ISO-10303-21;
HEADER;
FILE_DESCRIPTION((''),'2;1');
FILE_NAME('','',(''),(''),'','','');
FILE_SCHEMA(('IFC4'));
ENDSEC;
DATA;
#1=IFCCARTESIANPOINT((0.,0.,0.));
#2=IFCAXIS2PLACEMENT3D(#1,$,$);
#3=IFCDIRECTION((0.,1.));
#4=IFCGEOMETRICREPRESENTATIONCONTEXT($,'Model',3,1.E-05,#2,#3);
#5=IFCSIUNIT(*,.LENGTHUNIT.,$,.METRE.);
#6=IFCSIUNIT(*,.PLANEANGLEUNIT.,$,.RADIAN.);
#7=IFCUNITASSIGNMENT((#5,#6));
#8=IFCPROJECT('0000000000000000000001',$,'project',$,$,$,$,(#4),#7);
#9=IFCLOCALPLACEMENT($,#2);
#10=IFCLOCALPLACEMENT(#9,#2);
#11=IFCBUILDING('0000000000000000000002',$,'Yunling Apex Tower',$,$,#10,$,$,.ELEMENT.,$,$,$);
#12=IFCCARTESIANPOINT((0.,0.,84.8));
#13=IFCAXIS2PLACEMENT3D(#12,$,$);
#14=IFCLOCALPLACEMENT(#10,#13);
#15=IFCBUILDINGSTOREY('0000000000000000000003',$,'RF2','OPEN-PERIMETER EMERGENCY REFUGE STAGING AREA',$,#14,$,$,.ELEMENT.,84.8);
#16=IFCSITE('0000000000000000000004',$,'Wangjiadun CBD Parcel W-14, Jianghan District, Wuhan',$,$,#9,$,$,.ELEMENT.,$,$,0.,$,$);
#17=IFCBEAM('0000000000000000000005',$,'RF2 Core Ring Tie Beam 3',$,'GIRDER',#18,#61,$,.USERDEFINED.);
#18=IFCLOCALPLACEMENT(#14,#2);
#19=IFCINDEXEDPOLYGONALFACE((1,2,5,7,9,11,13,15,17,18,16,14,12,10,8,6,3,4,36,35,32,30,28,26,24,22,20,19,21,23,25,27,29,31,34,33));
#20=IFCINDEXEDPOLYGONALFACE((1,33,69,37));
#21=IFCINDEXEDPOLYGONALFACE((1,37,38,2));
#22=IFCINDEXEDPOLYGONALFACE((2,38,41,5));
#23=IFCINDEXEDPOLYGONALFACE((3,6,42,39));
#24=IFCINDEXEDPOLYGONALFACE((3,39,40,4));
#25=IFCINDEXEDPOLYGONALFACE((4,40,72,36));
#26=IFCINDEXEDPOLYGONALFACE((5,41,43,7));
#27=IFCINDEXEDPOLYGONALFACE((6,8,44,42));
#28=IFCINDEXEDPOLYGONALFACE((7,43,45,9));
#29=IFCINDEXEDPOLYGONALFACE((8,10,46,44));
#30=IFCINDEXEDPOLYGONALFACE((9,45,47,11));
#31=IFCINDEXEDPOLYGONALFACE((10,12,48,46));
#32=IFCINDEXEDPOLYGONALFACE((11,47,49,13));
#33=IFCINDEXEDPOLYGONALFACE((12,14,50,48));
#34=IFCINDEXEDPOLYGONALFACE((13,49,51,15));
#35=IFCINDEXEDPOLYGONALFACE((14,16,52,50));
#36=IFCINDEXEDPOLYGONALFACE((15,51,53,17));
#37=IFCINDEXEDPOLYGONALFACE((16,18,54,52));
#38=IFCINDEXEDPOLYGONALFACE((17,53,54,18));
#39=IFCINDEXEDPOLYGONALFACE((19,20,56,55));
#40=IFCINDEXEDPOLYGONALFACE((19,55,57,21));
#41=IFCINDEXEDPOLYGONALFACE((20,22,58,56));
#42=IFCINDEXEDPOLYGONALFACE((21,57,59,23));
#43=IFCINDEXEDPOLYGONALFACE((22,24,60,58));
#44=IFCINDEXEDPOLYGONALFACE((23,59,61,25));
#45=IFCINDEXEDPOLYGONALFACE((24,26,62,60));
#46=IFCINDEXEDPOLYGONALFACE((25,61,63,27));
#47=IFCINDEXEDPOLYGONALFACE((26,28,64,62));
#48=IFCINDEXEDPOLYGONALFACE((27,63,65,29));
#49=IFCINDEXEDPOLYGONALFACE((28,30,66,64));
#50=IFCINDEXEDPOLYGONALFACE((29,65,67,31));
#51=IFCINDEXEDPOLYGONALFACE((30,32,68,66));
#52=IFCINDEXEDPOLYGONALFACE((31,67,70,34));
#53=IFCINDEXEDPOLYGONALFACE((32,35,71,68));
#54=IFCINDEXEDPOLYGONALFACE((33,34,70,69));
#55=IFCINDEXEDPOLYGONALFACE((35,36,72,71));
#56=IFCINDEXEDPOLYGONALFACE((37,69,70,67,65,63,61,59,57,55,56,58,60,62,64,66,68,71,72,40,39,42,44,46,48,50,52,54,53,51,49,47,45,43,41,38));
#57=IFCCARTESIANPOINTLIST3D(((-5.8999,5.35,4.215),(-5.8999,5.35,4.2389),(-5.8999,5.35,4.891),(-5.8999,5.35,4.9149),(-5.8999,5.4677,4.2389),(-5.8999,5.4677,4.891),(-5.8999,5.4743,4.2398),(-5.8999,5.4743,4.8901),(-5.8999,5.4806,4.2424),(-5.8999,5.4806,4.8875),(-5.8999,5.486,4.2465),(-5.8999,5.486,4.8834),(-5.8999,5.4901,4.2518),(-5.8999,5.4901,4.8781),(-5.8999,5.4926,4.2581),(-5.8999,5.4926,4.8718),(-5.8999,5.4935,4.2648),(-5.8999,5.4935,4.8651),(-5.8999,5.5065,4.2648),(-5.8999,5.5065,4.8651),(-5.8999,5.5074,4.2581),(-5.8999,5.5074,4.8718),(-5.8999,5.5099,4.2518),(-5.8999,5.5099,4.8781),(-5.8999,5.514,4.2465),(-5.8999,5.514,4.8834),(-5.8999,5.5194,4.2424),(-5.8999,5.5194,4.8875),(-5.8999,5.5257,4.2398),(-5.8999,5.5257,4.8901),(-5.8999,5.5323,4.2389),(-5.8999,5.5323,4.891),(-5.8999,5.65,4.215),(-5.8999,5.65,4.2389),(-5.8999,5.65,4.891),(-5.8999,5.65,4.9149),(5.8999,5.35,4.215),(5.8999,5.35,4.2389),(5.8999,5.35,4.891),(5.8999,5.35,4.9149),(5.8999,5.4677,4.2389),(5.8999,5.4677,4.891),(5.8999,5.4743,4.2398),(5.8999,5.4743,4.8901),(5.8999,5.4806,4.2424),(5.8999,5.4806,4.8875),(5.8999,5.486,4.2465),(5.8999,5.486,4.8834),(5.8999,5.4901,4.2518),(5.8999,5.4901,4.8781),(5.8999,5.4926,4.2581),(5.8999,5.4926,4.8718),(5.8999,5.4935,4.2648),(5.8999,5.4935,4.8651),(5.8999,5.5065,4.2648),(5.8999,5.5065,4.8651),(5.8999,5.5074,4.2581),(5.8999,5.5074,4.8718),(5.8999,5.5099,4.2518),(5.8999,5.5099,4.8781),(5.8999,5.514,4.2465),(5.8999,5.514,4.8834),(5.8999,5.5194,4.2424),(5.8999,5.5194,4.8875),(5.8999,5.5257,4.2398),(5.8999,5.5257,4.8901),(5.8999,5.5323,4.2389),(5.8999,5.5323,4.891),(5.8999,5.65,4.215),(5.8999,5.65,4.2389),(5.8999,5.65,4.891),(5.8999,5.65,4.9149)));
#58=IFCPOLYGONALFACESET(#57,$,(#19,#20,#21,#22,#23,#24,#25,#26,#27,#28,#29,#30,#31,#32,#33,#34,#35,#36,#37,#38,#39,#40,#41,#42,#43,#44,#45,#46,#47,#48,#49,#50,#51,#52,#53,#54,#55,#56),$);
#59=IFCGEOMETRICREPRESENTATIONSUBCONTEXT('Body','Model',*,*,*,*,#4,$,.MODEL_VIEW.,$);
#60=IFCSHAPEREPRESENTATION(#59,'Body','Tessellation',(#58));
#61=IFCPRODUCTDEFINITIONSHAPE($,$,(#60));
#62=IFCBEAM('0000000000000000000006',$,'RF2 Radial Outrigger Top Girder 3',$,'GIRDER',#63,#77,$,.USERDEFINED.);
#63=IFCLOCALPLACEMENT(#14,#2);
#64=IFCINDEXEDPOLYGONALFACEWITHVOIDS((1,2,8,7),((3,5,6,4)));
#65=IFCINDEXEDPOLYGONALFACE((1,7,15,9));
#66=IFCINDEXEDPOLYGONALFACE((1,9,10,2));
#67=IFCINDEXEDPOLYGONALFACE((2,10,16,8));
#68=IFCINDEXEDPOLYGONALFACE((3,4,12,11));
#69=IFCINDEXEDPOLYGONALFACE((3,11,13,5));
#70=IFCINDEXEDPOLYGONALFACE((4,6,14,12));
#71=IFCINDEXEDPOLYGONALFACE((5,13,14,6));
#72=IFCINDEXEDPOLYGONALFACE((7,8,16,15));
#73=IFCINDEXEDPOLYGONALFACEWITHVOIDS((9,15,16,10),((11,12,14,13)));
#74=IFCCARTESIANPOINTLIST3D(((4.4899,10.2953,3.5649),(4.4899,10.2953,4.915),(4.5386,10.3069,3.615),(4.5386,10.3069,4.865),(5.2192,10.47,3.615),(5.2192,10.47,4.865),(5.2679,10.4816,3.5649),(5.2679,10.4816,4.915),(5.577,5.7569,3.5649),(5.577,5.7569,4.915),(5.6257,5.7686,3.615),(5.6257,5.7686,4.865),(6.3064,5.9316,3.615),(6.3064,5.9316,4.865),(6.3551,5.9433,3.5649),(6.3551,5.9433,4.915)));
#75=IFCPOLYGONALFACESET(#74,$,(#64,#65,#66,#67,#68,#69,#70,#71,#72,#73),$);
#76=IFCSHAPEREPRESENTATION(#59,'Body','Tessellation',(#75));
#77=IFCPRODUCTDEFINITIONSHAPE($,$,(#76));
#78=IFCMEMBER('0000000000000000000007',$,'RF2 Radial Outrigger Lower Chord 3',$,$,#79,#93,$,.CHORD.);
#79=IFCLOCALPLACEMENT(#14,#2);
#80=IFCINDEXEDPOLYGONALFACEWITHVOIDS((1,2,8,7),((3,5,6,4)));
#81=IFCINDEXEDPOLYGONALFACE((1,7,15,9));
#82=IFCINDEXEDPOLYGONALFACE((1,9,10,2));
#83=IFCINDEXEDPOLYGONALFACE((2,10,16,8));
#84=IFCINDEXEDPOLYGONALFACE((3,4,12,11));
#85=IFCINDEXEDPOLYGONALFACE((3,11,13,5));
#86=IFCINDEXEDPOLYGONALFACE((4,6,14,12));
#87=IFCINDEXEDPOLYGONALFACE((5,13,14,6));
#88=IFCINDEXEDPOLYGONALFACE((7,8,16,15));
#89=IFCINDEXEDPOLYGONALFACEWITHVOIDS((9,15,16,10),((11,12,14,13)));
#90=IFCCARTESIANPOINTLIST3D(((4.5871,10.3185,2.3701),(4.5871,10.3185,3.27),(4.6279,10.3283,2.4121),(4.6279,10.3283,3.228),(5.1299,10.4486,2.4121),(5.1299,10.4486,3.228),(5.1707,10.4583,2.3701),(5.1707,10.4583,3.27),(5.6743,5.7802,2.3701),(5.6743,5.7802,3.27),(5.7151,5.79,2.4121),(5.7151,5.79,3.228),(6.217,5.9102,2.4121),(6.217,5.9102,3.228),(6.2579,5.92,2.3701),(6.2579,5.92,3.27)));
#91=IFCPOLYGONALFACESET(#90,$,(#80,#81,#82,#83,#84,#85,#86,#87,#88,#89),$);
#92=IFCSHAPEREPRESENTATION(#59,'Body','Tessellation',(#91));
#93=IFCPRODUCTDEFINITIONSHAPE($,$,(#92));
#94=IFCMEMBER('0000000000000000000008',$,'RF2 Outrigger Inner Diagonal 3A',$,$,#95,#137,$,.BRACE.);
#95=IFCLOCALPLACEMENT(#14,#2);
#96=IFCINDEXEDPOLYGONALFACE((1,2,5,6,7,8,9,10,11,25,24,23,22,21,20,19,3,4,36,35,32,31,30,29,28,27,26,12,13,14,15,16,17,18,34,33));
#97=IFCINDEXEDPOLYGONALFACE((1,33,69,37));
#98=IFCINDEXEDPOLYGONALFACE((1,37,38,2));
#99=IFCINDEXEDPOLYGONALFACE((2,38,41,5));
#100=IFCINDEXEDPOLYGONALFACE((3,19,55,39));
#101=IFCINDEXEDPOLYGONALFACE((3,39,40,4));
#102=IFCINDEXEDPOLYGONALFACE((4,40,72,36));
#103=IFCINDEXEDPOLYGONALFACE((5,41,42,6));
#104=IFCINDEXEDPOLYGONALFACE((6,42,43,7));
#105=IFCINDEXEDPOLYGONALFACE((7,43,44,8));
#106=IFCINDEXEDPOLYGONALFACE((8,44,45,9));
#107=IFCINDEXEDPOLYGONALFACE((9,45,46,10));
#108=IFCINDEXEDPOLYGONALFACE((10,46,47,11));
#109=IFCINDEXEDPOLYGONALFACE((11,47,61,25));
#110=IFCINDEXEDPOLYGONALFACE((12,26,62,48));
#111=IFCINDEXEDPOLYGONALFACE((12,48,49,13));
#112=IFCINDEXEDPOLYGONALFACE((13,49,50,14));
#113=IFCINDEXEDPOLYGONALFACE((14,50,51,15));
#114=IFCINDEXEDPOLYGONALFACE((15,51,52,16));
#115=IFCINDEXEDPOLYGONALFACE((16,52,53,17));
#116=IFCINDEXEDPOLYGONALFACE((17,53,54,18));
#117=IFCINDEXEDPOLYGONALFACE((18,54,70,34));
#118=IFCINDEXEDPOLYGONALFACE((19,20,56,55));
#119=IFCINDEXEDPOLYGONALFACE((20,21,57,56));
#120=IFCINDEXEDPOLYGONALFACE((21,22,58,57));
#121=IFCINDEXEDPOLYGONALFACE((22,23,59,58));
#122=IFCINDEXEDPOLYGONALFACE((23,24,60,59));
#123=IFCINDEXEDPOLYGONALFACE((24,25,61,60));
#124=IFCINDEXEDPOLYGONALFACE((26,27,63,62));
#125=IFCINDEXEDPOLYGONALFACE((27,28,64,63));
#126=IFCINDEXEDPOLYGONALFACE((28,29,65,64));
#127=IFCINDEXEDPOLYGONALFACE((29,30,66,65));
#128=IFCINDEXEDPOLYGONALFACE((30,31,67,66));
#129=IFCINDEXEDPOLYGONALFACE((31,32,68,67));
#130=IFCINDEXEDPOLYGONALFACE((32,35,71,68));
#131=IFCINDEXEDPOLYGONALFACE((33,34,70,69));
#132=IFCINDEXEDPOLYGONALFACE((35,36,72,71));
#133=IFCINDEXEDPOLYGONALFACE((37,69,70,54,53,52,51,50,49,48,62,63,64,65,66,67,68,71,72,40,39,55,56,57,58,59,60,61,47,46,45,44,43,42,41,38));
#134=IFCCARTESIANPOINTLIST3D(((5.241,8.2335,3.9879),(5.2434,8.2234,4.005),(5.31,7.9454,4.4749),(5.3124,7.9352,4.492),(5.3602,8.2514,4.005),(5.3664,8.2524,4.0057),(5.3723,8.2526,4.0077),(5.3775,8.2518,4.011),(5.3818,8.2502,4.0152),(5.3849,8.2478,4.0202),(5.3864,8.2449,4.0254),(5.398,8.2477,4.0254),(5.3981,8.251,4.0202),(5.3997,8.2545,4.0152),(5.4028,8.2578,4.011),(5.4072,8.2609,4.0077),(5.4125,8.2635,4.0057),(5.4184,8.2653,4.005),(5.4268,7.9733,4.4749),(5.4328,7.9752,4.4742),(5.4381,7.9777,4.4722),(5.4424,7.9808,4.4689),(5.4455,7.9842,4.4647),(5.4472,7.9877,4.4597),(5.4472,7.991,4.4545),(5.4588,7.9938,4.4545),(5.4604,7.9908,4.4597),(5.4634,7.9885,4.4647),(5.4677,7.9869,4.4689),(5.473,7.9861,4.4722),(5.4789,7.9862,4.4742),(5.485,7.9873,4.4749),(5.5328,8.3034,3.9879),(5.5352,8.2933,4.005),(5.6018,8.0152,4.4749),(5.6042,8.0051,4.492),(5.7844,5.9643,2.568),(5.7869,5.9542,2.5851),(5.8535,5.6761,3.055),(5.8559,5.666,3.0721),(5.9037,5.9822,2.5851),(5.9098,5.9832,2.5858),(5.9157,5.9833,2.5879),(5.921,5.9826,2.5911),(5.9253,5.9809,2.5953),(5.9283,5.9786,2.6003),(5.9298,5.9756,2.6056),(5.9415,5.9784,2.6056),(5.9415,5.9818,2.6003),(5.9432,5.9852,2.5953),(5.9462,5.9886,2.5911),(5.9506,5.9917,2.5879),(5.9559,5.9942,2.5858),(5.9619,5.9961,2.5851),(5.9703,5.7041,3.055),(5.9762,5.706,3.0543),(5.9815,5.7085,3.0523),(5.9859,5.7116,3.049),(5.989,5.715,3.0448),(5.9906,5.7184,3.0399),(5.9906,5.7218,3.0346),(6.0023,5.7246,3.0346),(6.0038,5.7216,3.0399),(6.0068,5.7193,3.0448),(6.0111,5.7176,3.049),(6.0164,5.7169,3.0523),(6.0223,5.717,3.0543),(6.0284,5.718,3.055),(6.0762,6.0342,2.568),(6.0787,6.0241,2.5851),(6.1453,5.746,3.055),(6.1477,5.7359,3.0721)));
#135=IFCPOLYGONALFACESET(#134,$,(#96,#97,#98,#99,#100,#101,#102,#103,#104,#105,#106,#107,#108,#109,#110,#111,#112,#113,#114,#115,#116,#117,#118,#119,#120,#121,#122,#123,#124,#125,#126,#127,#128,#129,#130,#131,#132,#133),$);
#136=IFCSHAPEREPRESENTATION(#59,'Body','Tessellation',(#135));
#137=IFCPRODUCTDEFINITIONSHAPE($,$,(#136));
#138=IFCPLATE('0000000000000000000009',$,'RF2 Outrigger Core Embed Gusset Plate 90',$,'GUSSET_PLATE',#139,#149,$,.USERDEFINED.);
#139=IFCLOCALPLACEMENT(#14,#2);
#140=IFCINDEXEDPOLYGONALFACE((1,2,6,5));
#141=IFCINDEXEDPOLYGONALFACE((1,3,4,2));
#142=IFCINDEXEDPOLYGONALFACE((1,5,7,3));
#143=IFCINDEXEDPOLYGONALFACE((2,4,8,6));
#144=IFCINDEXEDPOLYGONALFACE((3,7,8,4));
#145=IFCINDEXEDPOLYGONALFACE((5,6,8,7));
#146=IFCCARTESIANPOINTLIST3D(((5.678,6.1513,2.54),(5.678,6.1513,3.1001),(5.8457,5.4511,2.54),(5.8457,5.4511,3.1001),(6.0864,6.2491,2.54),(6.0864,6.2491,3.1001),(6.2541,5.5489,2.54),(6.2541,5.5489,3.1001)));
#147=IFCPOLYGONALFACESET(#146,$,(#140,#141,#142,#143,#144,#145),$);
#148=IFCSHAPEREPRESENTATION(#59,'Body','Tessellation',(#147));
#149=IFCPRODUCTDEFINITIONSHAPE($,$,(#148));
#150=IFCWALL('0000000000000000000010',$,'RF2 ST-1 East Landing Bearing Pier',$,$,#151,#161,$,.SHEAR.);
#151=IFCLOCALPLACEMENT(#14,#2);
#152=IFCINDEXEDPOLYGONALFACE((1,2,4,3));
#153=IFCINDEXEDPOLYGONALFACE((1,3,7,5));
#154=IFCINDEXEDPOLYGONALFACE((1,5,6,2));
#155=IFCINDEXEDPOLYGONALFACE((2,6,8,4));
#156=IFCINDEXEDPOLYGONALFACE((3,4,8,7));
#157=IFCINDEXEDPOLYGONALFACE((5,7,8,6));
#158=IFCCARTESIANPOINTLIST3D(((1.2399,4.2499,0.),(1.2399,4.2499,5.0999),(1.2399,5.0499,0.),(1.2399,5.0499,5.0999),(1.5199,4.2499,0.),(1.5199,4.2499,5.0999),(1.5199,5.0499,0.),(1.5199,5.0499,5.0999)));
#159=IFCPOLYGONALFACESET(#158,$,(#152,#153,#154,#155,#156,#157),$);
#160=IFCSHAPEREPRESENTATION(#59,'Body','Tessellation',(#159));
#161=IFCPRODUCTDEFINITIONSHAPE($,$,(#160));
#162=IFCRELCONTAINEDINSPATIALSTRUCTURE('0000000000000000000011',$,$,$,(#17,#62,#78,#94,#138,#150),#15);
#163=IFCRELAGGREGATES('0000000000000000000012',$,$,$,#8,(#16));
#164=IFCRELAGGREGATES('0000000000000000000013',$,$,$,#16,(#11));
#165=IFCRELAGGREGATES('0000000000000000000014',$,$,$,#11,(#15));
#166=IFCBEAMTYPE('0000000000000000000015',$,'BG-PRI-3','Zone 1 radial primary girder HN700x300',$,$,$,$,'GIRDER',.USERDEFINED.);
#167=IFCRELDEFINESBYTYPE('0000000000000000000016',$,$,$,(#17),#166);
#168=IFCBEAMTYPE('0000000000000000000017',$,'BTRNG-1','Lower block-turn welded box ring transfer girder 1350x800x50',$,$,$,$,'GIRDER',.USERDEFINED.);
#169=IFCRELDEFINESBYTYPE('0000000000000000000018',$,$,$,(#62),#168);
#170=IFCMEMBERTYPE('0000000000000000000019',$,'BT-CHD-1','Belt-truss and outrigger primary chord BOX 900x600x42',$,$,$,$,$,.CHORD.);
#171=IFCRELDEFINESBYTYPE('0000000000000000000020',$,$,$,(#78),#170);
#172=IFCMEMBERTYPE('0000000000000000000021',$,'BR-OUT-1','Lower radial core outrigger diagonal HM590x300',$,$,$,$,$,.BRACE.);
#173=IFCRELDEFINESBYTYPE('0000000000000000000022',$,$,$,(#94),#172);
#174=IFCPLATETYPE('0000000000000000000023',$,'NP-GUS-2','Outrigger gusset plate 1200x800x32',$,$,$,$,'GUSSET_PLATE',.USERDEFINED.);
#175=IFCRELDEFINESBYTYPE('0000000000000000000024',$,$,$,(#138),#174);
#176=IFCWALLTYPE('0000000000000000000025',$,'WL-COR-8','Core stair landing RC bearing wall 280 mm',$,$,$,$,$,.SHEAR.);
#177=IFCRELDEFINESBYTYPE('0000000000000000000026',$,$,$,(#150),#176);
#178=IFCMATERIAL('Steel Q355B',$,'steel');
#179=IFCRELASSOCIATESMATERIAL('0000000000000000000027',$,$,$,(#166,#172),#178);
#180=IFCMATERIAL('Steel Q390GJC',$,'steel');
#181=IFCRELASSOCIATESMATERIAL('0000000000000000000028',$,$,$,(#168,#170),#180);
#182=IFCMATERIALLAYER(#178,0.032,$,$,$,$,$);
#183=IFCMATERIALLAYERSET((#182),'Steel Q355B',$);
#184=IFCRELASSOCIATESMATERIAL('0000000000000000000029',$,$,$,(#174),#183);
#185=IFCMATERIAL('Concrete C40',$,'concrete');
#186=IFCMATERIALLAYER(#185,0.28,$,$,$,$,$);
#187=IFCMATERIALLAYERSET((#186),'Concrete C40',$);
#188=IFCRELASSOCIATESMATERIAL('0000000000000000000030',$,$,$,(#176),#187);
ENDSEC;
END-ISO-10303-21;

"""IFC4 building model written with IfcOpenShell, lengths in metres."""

from ifc_helpers import new_model, si_unit, direction, frame, frame_2d, origin, origin_2d, place, context, subcontext, project, spatial, rectangle, hollow_rectangle, i_section, extrude, source, transform, mapped, material, layer, layer_set, material_profile, profile_set, type_object, element, save


model = new_model("IFC4")

# Units and contexts
model_context = context("Model", 3, precision=1e-05, world=origin(), true_north=direction((0.0, 1.0)))
body_context = subcontext(model_context, "Body", "Model", "MODEL_VIEW")
ifc_project = project(units=[si_unit("LENGTHUNIT", "METRE"), si_unit("PLANEANGLEUNIT", "RADIAN")], contexts=[model_context])

# Site, building, storey
site_placement = place(None, origin())
site = spatial("IfcSite", under=ifc_project, at=site_placement, Name="Wangjiadun CBD Parcel W-14, Jianghan District, Wuhan", CompositionType="ELEMENT", RefElevation=0.0)
building_placement = place(site_placement, origin())
building = spatial("IfcBuilding", under=site, at=building_placement, Name="Yunling Apex Tower", CompositionType="ELEMENT")
storey_placement = place(building_placement, frame((0.0, 0.0, 84.8)))
storey = spatial("IfcBuildingStorey", under=building, at=storey_placement, Name="RF2", Description="OPEN-PERIMETER EMERGENCY REFUGE STAGING AREA", CompositionType="ELEMENT", Elevation=84.8)

# Beams
ifc_material_1 = material(Name="Steel Q355B", Category="steel")
ifc_material_profile_1 = material_profile(ifc_material_1, i_section(OverallWidth=0.3, OverallDepth=0.7, WebThickness=0.0129, FlangeThickness=0.0239, FilletRadius=0.0259, at=origin_2d()))
ifc_profile_set_1 = profile_set([ifc_material_profile_1], Name="Steel Q355B")
beam_type_1 = type_object("IfcBeamType", Name="BG-PRI-3", Description="Zone 1 radial primary girder HN700x300", ElementType="GIRDER", PredefinedType="USERDEFINED", material=ifc_profile_set_1)
shared_shape_1 = source(origin(), body_context, "Body", "SweptSolid", [
    extrude(i_section(OverallWidth=0.3, OverallDepth=0.7, WebThickness=0.0129, FlangeThickness=0.0239, FilletRadius=0.0259, at=origin_2d()), origin(), (0.0, 0.0, 1.0), 11.7998),
])
beam_1_placement = place(storey_placement, frame((5.8999, 5.5, 4.5649), z_axis=(-1.0, 0.0, 0.0), x_axis=(0.0, -1.0, 0.0)))
element("IfcBeam", 1, at=beam_1_placement, inside=storey, type_object=beam_type_1, Name="RF2 Core Ring Tie Beam 3", ObjectType="GIRDER", PredefinedType="USERDEFINED", context=body_context, shape_type="MappedRepresentation", body=[
    mapped(shared_shape_1, transform((0.0, 0.0, 0.0), scale=1.0)),
])
ifc_material_2 = material(Name="Steel Q390GJC", Category="steel")
ifc_material_profile_2 = material_profile(ifc_material_2, hollow_rectangle(XDim=0.8, YDim=1.3501, WallThickness=0.05, at=origin_2d()))
ifc_profile_set_2 = profile_set([ifc_material_profile_2], Name="Steel Q390GJC")
beam_type_2 = type_object("IfcBeamType", Name="BTRNG-1", Description="Lower block-turn welded box ring transfer girder 1350x800x50", ElementType="GIRDER", PredefinedType="USERDEFINED", material=ifc_profile_set_2)
shared_shape_2 = source(origin(), body_context, "Body", "SweptSolid", [
    extrude(hollow_rectangle(XDim=0.8, YDim=1.3501, WallThickness=0.05, at=origin_2d()), origin(), (0.0, 0.0, 1.0), 4.6667),
])
beam_2_placement = place(storey_placement, frame((5.9661, 5.8501, 4.24), z_axis=(-0.232959, 0.972486, 0.0), x_axis=(-0.972486, -0.232959, 0.0)))
element("IfcBeam", 2, at=beam_2_placement, inside=storey, type_object=beam_type_2, Name="RF2 Radial Outrigger Top Girder 3", ObjectType="GIRDER", PredefinedType="USERDEFINED", context=body_context, shape_type="MappedRepresentation", body=[
    mapped(shared_shape_2, transform((0.0, 0.0, 0.0), scale=1.0)),
])

# Members
ifc_material_profile_3 = material_profile(ifc_material_2, hollow_rectangle(XDim=0.6001, YDim=0.8999, WallThickness=0.042, at=origin_2d()))
ifc_profile_set_3 = profile_set([ifc_material_profile_3], Name="Steel Q390GJC")
member_type_1 = type_object("IfcMemberType", Name="BT-CHD-1", Description="Belt-truss and outrigger primary chord BOX 900x600x42", PredefinedType="CHORD", material=ifc_profile_set_3)
shared_shape_3 = source(origin(), body_context, "Body", "SweptSolid", [
    extrude(hollow_rectangle(XDim=0.6001, YDim=0.8999, WallThickness=0.042, at=origin_2d()), origin(), (0.0, 0.0, 1.0), 4.6667),
])
member_1_placement = place(storey_placement, frame((5.9661, 5.8501, 2.8201), z_axis=(-0.232959, 0.972486, 0.0), x_axis=(-0.972486, -0.232959, 0.0)))
element("IfcMember", 3, at=member_1_placement, inside=storey, type_object=member_type_1, Name="RF2 Radial Outrigger Lower Chord 3", PredefinedType="CHORD", context=body_context, shape_type="MappedRepresentation", body=[
    mapped(shared_shape_3, transform((0.0, 0.0, 0.0), scale=1.0)),
])
ifc_material_profile_4 = material_profile(ifc_material_1, i_section(OverallWidth=0.3, OverallDepth=0.5901, WebThickness=0.012, FlangeThickness=0.02, FilletRadius=0.0239, at=origin_2d()))
ifc_profile_set_4 = profile_set([ifc_material_profile_4], Name="Steel Q355B")
member_type_2 = type_object("IfcMemberType", Name="BR-OUT-1", Description="Lower radial core outrigger diagonal HM590x300", PredefinedType="BRACE", material=ifc_profile_set_4)
shared_shape_4 = source(origin(), body_context, "Body", "SweptSolid", [
    extrude(i_section(OverallWidth=0.3, OverallDepth=0.5901, WebThickness=0.012, FlangeThickness=0.02, FilletRadius=0.0239, at=origin_2d()), origin(), (0.0, 0.0, 1.0), 2.7314),
])
member_2_placement = place(storey_placement, frame((5.9661, 5.8501, 2.8201), z_axis=(-0.198958, 0.830779, 0.519829), x_axis=(-0.972501, -0.232898, 0.0)))
element("IfcMember", 4, at=member_2_placement, inside=storey, type_object=member_type_2, Name="RF2 Outrigger Inner Diagonal 3A", PredefinedType="BRACE", context=body_context, shape_type="MappedRepresentation", body=[
    mapped(shared_shape_4, transform((0.0, 0.0, 0.0), scale=1.0)),
])

# Plate
ifc_layer_1 = layer(ifc_material_1, 0.032)
ifc_layer_set_1 = layer_set([ifc_layer_1], Name="Steel Q355B")
plate_type = type_object("IfcPlateType", Name="NP-GUS-2", Description="Outrigger gusset plate 1200x800x32", ElementType="GUSSET_PLATE", PredefinedType="USERDEFINED", material=ifc_layer_set_1)
shared_shape_5 = source(origin(), body_context, "Body", "SweptSolid", [
    extrude(rectangle(XDim=0.72, YDim=0.4199, at=origin_2d()), origin(), (0.0, 0.0, 1.0), 0.5601),
])
plate_placement = place(storey_placement, frame((5.9661, 5.8501, 2.54), z_axis=(0.0, 0.0, 1.0), x_axis=(-0.232936, 0.972492, 0.0)))
element("IfcPlate", 5, at=plate_placement, inside=storey, type_object=plate_type, Name="RF2 Outrigger Core Embed Gusset Plate 90", ObjectType="GUSSET_PLATE", PredefinedType="USERDEFINED", context=body_context, shape_type="MappedRepresentation", body=[
    mapped(shared_shape_5, transform((0.0, 0.0, 0.0), scale=1.0)),
])

# Wall
ifc_material_3 = material(Name="Concrete C40", Category="concrete")
ifc_layer_2 = layer(ifc_material_3, 0.28)
ifc_layer_set_2 = layer_set([ifc_layer_2], Name="Concrete C40")
wall_type_1 = type_object("IfcWallType", Name="WL-COR-8", Description="Core stair landing RC bearing wall 280 mm", PredefinedType="SHEAR", material=ifc_layer_set_2)
wall_1_placement = place(storey_placement, frame((1.3799, 4.25, 0.0), z_axis=(0.0, 0.0, 1.0), x_axis=(0.0, 1.0, 0.0)))
element("IfcWall", 6, at=wall_1_placement, inside=storey, type_object=wall_type_1, Name="RF2 ST-1 East Landing Bearing Pier", PredefinedType="SHEAR", context=body_context, shape_type="SweptSolid", body=[
    extrude(rectangle(XDim=0.8, YDim=0.28, at=frame_2d((0.3999, 0.0))), origin(), (0.0, 0.0, 1.0), 5.0999),
])

save(model, "model.ifc")
